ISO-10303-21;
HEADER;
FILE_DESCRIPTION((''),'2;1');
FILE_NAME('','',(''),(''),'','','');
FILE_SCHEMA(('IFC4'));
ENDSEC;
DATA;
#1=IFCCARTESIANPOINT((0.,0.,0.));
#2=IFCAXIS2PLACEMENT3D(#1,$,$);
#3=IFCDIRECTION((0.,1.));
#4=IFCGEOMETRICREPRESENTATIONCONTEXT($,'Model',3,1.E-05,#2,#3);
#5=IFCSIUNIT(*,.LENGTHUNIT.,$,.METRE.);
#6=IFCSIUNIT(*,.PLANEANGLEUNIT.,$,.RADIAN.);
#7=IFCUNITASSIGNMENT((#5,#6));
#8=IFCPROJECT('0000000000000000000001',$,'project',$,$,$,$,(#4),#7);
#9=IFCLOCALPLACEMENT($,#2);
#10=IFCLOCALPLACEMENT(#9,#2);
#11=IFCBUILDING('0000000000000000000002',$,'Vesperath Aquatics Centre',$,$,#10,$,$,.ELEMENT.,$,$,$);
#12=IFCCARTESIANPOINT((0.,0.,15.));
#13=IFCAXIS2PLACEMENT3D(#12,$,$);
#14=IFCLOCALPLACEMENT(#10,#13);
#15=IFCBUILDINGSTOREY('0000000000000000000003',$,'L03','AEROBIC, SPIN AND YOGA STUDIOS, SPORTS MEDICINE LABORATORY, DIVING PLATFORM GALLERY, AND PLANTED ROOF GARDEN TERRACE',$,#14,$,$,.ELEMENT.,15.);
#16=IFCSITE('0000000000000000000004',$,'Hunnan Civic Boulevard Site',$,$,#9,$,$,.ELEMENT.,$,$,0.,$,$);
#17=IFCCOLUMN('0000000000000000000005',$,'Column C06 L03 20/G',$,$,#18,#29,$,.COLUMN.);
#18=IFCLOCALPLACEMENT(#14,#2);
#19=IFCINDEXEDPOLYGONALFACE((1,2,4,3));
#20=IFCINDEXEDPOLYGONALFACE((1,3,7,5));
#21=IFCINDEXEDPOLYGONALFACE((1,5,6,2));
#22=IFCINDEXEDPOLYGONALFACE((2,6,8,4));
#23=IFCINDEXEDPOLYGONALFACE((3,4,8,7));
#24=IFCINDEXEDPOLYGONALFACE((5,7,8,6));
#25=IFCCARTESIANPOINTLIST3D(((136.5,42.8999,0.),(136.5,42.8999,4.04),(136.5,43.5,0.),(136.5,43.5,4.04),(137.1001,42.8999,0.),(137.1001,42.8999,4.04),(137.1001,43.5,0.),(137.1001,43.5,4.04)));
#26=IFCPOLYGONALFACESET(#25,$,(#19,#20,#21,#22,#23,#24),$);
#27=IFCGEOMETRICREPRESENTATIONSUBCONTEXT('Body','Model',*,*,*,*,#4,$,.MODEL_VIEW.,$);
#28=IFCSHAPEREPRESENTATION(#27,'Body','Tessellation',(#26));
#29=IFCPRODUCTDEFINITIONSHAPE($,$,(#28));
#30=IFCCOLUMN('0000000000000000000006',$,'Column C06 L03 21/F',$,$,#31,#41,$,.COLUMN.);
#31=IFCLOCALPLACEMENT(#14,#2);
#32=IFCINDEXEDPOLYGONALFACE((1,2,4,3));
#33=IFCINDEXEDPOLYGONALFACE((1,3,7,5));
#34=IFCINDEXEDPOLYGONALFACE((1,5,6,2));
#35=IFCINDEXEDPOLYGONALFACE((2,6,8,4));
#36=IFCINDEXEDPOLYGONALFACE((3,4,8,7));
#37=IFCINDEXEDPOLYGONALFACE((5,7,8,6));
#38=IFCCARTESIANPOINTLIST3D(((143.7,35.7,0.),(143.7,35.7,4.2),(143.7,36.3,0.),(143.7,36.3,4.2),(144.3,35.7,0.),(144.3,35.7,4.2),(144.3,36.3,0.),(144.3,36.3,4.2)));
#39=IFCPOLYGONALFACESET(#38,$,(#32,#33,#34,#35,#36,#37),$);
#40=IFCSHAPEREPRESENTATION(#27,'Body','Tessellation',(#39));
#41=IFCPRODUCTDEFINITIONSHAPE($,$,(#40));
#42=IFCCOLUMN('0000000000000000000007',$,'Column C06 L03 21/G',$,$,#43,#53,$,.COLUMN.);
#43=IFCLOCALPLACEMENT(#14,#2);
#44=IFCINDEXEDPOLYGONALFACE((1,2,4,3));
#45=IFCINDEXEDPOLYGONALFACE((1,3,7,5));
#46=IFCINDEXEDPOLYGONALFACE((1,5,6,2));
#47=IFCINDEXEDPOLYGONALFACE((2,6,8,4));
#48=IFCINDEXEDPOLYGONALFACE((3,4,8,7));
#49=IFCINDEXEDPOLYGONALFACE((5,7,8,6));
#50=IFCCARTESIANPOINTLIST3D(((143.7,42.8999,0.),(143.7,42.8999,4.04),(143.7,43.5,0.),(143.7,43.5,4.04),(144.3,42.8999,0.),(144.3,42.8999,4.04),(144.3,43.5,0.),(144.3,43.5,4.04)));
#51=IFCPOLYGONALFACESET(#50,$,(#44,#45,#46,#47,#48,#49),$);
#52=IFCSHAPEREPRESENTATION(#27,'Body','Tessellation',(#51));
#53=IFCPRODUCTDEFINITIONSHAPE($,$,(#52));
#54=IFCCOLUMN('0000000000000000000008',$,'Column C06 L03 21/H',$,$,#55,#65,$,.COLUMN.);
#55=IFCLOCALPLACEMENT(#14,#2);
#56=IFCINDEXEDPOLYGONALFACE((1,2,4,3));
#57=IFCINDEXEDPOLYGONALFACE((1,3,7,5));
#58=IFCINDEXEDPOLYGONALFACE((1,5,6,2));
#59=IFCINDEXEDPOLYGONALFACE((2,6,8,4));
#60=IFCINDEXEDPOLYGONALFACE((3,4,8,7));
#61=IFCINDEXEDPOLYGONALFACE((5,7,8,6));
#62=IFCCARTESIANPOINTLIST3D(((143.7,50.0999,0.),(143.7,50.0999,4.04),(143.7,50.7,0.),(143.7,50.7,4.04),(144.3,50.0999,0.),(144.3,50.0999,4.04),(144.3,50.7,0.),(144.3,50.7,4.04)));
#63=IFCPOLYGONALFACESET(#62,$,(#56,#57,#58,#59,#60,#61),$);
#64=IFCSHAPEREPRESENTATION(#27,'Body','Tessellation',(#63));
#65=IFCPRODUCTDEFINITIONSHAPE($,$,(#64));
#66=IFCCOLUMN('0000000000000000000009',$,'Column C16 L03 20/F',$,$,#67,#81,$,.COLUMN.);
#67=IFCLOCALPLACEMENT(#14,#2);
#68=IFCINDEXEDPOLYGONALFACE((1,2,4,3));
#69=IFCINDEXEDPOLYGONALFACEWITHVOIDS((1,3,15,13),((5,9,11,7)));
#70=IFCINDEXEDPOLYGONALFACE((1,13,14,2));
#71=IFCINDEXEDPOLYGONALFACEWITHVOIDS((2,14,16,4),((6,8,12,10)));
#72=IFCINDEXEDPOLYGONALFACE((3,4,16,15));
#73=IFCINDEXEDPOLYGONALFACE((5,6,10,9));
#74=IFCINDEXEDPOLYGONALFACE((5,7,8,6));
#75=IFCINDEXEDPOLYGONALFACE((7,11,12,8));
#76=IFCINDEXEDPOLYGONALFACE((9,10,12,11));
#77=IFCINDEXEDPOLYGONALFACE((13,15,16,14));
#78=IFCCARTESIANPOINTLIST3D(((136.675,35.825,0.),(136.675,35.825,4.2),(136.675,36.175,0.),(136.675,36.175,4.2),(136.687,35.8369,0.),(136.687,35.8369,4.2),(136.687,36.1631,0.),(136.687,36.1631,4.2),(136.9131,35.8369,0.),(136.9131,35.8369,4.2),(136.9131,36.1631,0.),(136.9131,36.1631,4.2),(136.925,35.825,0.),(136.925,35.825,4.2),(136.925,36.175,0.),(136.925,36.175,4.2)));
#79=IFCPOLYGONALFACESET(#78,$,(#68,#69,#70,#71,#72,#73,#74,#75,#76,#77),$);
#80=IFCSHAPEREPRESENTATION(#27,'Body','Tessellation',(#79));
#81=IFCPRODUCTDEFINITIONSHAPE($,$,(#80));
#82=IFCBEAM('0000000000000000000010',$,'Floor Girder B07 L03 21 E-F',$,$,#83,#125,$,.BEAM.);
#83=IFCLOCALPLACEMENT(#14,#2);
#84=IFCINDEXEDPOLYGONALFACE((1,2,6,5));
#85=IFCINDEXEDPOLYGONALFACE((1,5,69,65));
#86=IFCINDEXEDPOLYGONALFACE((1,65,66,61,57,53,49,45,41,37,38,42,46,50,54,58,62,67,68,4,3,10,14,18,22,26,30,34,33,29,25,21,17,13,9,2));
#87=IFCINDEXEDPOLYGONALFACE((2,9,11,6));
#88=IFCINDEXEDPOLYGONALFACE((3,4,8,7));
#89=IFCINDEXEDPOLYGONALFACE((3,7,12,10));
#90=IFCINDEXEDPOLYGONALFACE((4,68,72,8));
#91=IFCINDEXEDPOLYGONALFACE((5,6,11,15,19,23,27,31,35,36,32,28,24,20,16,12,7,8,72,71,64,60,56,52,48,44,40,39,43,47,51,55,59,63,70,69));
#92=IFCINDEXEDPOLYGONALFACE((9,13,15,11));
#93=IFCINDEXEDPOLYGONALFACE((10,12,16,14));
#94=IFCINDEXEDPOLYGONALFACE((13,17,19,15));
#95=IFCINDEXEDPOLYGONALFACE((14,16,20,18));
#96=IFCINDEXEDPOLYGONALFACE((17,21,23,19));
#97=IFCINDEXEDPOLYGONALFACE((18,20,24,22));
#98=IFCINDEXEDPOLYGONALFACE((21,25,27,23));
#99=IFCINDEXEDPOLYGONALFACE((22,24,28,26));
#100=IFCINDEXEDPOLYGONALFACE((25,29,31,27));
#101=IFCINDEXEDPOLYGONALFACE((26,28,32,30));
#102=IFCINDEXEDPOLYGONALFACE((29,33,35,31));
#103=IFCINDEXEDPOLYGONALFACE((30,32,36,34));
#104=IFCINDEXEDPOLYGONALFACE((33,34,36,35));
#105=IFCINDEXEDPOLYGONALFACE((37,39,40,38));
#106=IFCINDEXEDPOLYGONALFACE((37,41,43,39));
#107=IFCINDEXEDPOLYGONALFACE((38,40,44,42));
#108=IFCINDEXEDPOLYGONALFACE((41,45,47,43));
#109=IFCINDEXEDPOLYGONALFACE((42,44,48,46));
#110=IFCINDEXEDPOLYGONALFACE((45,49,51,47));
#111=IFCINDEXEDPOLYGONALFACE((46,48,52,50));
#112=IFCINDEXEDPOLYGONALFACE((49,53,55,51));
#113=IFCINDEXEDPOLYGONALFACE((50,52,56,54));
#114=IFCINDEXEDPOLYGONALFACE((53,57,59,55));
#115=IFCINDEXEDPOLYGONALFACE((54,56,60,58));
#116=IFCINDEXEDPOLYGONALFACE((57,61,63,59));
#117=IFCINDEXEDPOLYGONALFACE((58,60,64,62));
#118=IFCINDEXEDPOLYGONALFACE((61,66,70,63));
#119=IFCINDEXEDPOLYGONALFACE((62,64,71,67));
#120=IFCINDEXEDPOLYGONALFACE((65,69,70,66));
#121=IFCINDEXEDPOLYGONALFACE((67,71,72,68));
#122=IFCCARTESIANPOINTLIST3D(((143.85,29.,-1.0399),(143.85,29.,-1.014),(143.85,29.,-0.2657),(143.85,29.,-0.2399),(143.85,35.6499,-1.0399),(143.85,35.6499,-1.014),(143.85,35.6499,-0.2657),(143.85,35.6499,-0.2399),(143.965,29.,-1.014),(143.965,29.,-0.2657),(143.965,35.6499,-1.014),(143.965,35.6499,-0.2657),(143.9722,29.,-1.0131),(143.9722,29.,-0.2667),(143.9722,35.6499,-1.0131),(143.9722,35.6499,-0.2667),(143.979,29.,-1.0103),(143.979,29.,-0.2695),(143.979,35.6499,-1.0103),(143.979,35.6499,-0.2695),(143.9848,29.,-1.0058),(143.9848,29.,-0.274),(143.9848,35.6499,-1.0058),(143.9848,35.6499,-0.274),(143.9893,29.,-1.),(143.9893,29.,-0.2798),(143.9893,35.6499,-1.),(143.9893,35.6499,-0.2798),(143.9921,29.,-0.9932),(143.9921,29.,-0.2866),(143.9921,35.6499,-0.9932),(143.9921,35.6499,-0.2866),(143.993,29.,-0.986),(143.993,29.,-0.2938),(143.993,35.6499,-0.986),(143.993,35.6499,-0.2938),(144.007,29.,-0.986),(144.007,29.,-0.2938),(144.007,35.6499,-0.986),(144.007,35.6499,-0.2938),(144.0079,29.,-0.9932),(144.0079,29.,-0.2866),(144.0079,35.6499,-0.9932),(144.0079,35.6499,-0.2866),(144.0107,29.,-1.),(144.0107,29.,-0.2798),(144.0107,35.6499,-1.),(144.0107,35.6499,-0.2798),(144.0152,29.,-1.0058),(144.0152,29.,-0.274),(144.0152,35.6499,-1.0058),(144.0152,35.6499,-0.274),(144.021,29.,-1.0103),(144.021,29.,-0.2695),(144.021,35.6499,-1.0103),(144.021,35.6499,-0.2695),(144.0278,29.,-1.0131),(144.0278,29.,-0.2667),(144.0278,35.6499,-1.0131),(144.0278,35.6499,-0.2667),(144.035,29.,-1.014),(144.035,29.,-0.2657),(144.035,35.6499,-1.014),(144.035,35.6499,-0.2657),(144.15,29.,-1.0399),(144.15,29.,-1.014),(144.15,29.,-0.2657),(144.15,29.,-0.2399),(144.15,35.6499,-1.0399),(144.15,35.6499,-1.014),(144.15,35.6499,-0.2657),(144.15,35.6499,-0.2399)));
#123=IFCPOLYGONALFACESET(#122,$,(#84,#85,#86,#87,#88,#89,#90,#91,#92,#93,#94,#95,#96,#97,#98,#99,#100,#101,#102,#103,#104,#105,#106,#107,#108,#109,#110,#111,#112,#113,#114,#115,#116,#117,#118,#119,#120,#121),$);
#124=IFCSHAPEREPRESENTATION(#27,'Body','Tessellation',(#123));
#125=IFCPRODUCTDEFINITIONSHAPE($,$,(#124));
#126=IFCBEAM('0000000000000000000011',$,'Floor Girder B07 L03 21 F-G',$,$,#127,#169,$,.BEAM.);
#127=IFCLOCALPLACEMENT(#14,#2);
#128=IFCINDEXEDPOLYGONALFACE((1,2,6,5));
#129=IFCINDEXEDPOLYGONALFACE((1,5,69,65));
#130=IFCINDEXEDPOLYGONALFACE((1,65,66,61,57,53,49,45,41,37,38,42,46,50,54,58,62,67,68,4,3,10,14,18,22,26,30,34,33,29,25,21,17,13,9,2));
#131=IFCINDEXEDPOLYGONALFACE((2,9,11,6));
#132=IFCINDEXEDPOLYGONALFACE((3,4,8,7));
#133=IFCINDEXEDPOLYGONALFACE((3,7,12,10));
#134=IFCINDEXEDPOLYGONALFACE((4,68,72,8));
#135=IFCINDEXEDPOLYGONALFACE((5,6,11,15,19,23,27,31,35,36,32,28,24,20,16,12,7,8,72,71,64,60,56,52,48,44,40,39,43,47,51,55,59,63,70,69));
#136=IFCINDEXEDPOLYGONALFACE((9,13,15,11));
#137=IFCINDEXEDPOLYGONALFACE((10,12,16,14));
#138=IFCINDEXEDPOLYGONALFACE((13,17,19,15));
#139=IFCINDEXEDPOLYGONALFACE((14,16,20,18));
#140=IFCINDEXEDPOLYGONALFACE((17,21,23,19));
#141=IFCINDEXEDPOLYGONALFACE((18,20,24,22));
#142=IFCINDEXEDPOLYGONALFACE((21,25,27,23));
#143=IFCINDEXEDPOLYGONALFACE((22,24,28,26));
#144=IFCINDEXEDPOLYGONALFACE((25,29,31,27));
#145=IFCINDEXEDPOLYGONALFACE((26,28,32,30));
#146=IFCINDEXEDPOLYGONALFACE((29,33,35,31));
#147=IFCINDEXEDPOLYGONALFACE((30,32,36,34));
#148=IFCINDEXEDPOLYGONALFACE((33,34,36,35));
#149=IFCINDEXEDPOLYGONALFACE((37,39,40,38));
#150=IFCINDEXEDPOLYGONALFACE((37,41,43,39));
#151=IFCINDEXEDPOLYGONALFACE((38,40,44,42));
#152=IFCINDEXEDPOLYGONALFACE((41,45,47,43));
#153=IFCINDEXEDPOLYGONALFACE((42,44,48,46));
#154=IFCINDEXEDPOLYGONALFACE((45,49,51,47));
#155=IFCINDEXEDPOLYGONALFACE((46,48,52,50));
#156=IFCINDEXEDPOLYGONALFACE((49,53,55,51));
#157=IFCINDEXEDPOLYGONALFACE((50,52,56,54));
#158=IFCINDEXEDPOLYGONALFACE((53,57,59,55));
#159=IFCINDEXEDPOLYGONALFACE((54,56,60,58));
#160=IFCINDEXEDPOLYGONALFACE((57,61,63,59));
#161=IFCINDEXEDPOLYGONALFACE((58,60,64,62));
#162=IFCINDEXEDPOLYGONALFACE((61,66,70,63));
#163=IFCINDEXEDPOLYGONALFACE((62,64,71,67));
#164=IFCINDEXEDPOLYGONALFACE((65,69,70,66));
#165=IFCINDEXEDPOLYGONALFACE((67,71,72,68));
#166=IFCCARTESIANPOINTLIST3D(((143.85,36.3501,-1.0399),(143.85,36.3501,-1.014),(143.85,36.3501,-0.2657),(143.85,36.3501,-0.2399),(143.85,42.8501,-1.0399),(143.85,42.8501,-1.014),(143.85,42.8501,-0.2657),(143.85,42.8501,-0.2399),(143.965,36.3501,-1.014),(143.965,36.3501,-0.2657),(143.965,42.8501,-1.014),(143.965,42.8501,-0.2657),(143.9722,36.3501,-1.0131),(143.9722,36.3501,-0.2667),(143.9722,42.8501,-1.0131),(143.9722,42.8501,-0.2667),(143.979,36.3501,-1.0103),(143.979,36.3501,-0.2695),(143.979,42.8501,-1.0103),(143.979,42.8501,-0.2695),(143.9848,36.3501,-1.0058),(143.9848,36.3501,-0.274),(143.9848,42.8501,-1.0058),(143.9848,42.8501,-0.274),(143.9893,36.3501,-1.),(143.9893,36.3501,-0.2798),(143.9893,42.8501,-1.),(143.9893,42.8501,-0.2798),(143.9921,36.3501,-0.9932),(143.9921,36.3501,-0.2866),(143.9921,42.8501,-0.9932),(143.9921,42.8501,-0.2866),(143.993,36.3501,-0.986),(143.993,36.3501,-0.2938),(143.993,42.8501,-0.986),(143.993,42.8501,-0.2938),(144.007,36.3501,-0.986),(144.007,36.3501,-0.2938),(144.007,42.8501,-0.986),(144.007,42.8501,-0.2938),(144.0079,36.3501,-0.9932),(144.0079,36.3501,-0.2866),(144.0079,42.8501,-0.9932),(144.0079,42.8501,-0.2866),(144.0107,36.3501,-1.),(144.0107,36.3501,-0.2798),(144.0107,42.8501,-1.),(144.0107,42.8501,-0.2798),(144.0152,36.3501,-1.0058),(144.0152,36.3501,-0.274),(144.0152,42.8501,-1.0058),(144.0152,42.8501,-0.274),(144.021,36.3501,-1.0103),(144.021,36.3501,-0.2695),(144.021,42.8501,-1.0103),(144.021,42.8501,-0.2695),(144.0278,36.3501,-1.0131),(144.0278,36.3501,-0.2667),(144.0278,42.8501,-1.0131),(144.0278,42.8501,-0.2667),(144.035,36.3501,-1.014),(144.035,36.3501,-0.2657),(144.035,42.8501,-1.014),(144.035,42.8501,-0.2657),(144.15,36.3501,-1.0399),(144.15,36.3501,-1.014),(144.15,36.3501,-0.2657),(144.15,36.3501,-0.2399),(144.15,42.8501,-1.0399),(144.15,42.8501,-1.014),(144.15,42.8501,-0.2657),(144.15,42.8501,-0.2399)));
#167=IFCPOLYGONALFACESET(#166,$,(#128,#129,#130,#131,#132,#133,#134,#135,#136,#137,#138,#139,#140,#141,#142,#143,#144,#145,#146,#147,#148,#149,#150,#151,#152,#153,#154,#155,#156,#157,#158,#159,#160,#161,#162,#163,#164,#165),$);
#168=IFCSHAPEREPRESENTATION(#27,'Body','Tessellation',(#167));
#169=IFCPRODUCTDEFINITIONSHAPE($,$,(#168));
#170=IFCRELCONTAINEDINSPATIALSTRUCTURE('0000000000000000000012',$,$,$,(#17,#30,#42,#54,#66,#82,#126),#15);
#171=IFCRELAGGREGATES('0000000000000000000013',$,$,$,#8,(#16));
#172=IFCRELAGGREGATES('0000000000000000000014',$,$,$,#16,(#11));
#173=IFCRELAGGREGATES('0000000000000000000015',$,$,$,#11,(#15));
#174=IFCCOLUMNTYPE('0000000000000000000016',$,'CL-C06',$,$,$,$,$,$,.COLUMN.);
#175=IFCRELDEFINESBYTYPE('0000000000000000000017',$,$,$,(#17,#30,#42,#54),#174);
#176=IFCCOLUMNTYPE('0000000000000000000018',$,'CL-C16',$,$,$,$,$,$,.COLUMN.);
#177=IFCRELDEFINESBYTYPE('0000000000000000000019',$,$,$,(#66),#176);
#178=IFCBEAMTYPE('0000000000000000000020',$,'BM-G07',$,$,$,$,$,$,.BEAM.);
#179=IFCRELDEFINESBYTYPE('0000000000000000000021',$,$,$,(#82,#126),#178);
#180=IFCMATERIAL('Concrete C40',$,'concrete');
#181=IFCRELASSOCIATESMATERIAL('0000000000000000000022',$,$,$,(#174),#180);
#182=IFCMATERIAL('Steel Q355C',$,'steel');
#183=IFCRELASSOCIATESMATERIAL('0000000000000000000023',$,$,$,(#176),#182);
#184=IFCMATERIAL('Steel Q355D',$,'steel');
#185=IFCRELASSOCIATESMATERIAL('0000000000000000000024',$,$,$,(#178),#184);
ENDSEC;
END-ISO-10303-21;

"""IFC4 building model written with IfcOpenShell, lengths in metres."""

from ifc_helpers import new_model, si_unit, direction, frame, origin, origin_2d, place, context, subcontext, project, spatial, rectangle, hollow_rectangle, i_section, extrude, material, material_profile, profile_set, type_object, element, save


model = new_model("IFC4")

# Units and contexts
model_context = context("Model", 3, precision=1e-05, world=origin(), true_north=direction((0.0, 1.0)))
body_context = subcontext(model_context, "Body", "Model", "MODEL_VIEW")
ifc_project = project(units=[si_unit("LENGTHUNIT", "METRE"), si_unit("PLANEANGLEUNIT", "RADIAN")], contexts=[model_context])

# Site, building, storey
site_placement = place(None, origin())
site = spatial("IfcSite", under=ifc_project, at=site_placement, Name="Hunnan Civic Boulevard Site", CompositionType="ELEMENT", RefElevation=0.0)
building_placement = place(site_placement, origin())
building = spatial("IfcBuilding", under=site, at=building_placement, Name="Vesperath Aquatics Centre", CompositionType="ELEMENT")
storey_placement = place(building_placement, frame((0.0, 0.0, 15.0)))
storey = spatial("IfcBuildingStorey", under=building, at=storey_placement, Name="L03", Description="AEROBIC, SPIN AND YOGA STUDIOS, SPORTS MEDICINE LABORATORY, DIVING PLATFORM GALLERY, AND PLANTED ROOF GARDEN TERRACE", CompositionType="ELEMENT", Elevation=15.0)

# Columns
ifc_material_1 = material(Name="Concrete C40", Category="concrete")
ifc_material_profile_1 = material_profile(ifc_material_1, rectangle(XDim=0.6001, YDim=0.6001, at=origin_2d()), Name="RC 600x600")
ifc_profile_set_1 = profile_set([ifc_material_profile_1], Name="Concrete C40")
column_type_1 = type_object("IfcColumnType", Name="CL-C06", PredefinedType="COLUMN", material=ifc_profile_set_1)
column_1_placement = place(storey_placement, frame((136.8, 43.2, 0.0), z_axis=(0.0, 0.0, 1.0), x_axis=(1.0, 0.0, 0.0)))
element("IfcColumn", 1, at=column_1_placement, inside=storey, type_object=column_type_1, Name="Column C06 L03 20/G", PredefinedType="COLUMN", context=body_context, shape_type="SweptSolid", body=[
    extrude(rectangle(XDim=0.6001, YDim=0.6001, at=origin_2d()), origin(), (0.0, 0.0, 1.0), 4.04),
])
column_2_placement = place(storey_placement, frame((144.0, 36.0, 0.0), z_axis=(0.0, 0.0, 1.0), x_axis=(1.0, 0.0, 0.0)))
element("IfcColumn", 2, at=column_2_placement, inside=storey, type_object=column_type_1, Name="Column C06 L03 21/F", PredefinedType="COLUMN", context=body_context, shape_type="SweptSolid", body=[
    extrude(rectangle(XDim=0.6001, YDim=0.6001, at=origin_2d()), origin(), (0.0, 0.0, 1.0), 4.2),
])
for number, where, z_axis, x_axis, name in (
    (3, (144.0, 43.2, 0.0), (0.0, 0.0, 1.0), (1.0, 0.0, 0.0), "Column C06 L03 21/G"),
    (4, (144.0, 50.3999, 0.0), (0.0, 0.0, 1.0), (1.0, 0.0, 0.0), "Column C06 L03 21/H"),
):
    element("IfcColumn", number, at=place(storey_placement, frame(where, z_axis=z_axis, x_axis=x_axis)), inside=storey, type_object=column_type_1, Name=name, PredefinedType="COLUMN", context=body_context, shape_type="SweptSolid", body=[
        extrude(rectangle(XDim=0.6001, YDim=0.6001, at=origin_2d()), origin(), (0.0, 0.0, 1.0), 4.04),
    ])
ifc_material_2 = material(Name="Steel Q355C", Category="steel")
ifc_material_profile_2 = material_profile(ifc_material_2, hollow_rectangle(XDim=0.25, YDim=0.3501, WallThickness=0.012, at=origin_2d()), Name="RHS 350x250x12")
ifc_profile_set_2 = profile_set([ifc_material_profile_2], Name="Steel Q355C")
column_type_2 = type_object("IfcColumnType", Name="CL-C16", PredefinedType="COLUMN", material=ifc_profile_set_2)
column_3_placement = place(storey_placement, frame((136.8, 36.0, 0.0), z_axis=(0.0, 0.0, 1.0), x_axis=(1.0, 0.0, 0.0)))
element("IfcColumn", 5, at=column_3_placement, inside=storey, type_object=column_type_2, Name="Column C16 L03 20/F", PredefinedType="COLUMN", context=body_context, shape_type="SweptSolid", body=[
    extrude(hollow_rectangle(XDim=0.25, YDim=0.3501, WallThickness=0.012, at=origin_2d()), origin(), (0.0, 0.0, 1.0), 4.2),
])

# Beams
ifc_material_3 = material(Name="Steel Q355D", Category="steel")
ifc_material_profile_3 = material_profile(ifc_material_3, i_section(OverallWidth=0.3, OverallDepth=0.8, WebThickness=0.0139, FlangeThickness=0.0259, FilletRadius=0.0281, at=origin_2d()), Name="HN 800x300x14x26")
ifc_profile_set_3 = profile_set([ifc_material_profile_3], Name="Steel Q355D")
beam_type_1 = type_object("IfcBeamType", Name="BM-G07", PredefinedType="BEAM", material=ifc_profile_set_3)
beam_1_placement = place(storey_placement, frame((144.0, 29.0, -0.6399), z_axis=(0.0, 1.0, 0.0), x_axis=(-1.0, 0.0, 0.0)))
element("IfcBeam", 6, at=beam_1_placement, inside=storey, type_object=beam_type_1, Name="Floor Girder B07 L03 21 E-F", PredefinedType="BEAM", context=body_context, shape_type="SweptSolid", body=[
    extrude(i_section(OverallWidth=0.3, OverallDepth=0.8, WebThickness=0.0139, FlangeThickness=0.0259, FilletRadius=0.0281, at=origin_2d()), origin(), (0.0, 0.0, 1.0), 6.6499),
])
beam_2_placement = place(storey_placement, frame((144.0, 36.3501, -0.6399), z_axis=(0.0, 1.0, 0.0), x_axis=(-1.0, 0.0, 0.0)))
element("IfcBeam", 7, at=beam_2_placement, inside=storey, type_object=beam_type_1, Name="Floor Girder B07 L03 21 F-G", PredefinedType="BEAM", context=body_context, shape_type="SweptSolid", body=[
    extrude(i_section(OverallWidth=0.3, OverallDepth=0.8, WebThickness=0.0139, FlangeThickness=0.0259, FilletRadius=0.0281, at=origin_2d()), origin(), (0.0, 0.0, 1.0), 6.5),
])

save(model, "model.ifc")
